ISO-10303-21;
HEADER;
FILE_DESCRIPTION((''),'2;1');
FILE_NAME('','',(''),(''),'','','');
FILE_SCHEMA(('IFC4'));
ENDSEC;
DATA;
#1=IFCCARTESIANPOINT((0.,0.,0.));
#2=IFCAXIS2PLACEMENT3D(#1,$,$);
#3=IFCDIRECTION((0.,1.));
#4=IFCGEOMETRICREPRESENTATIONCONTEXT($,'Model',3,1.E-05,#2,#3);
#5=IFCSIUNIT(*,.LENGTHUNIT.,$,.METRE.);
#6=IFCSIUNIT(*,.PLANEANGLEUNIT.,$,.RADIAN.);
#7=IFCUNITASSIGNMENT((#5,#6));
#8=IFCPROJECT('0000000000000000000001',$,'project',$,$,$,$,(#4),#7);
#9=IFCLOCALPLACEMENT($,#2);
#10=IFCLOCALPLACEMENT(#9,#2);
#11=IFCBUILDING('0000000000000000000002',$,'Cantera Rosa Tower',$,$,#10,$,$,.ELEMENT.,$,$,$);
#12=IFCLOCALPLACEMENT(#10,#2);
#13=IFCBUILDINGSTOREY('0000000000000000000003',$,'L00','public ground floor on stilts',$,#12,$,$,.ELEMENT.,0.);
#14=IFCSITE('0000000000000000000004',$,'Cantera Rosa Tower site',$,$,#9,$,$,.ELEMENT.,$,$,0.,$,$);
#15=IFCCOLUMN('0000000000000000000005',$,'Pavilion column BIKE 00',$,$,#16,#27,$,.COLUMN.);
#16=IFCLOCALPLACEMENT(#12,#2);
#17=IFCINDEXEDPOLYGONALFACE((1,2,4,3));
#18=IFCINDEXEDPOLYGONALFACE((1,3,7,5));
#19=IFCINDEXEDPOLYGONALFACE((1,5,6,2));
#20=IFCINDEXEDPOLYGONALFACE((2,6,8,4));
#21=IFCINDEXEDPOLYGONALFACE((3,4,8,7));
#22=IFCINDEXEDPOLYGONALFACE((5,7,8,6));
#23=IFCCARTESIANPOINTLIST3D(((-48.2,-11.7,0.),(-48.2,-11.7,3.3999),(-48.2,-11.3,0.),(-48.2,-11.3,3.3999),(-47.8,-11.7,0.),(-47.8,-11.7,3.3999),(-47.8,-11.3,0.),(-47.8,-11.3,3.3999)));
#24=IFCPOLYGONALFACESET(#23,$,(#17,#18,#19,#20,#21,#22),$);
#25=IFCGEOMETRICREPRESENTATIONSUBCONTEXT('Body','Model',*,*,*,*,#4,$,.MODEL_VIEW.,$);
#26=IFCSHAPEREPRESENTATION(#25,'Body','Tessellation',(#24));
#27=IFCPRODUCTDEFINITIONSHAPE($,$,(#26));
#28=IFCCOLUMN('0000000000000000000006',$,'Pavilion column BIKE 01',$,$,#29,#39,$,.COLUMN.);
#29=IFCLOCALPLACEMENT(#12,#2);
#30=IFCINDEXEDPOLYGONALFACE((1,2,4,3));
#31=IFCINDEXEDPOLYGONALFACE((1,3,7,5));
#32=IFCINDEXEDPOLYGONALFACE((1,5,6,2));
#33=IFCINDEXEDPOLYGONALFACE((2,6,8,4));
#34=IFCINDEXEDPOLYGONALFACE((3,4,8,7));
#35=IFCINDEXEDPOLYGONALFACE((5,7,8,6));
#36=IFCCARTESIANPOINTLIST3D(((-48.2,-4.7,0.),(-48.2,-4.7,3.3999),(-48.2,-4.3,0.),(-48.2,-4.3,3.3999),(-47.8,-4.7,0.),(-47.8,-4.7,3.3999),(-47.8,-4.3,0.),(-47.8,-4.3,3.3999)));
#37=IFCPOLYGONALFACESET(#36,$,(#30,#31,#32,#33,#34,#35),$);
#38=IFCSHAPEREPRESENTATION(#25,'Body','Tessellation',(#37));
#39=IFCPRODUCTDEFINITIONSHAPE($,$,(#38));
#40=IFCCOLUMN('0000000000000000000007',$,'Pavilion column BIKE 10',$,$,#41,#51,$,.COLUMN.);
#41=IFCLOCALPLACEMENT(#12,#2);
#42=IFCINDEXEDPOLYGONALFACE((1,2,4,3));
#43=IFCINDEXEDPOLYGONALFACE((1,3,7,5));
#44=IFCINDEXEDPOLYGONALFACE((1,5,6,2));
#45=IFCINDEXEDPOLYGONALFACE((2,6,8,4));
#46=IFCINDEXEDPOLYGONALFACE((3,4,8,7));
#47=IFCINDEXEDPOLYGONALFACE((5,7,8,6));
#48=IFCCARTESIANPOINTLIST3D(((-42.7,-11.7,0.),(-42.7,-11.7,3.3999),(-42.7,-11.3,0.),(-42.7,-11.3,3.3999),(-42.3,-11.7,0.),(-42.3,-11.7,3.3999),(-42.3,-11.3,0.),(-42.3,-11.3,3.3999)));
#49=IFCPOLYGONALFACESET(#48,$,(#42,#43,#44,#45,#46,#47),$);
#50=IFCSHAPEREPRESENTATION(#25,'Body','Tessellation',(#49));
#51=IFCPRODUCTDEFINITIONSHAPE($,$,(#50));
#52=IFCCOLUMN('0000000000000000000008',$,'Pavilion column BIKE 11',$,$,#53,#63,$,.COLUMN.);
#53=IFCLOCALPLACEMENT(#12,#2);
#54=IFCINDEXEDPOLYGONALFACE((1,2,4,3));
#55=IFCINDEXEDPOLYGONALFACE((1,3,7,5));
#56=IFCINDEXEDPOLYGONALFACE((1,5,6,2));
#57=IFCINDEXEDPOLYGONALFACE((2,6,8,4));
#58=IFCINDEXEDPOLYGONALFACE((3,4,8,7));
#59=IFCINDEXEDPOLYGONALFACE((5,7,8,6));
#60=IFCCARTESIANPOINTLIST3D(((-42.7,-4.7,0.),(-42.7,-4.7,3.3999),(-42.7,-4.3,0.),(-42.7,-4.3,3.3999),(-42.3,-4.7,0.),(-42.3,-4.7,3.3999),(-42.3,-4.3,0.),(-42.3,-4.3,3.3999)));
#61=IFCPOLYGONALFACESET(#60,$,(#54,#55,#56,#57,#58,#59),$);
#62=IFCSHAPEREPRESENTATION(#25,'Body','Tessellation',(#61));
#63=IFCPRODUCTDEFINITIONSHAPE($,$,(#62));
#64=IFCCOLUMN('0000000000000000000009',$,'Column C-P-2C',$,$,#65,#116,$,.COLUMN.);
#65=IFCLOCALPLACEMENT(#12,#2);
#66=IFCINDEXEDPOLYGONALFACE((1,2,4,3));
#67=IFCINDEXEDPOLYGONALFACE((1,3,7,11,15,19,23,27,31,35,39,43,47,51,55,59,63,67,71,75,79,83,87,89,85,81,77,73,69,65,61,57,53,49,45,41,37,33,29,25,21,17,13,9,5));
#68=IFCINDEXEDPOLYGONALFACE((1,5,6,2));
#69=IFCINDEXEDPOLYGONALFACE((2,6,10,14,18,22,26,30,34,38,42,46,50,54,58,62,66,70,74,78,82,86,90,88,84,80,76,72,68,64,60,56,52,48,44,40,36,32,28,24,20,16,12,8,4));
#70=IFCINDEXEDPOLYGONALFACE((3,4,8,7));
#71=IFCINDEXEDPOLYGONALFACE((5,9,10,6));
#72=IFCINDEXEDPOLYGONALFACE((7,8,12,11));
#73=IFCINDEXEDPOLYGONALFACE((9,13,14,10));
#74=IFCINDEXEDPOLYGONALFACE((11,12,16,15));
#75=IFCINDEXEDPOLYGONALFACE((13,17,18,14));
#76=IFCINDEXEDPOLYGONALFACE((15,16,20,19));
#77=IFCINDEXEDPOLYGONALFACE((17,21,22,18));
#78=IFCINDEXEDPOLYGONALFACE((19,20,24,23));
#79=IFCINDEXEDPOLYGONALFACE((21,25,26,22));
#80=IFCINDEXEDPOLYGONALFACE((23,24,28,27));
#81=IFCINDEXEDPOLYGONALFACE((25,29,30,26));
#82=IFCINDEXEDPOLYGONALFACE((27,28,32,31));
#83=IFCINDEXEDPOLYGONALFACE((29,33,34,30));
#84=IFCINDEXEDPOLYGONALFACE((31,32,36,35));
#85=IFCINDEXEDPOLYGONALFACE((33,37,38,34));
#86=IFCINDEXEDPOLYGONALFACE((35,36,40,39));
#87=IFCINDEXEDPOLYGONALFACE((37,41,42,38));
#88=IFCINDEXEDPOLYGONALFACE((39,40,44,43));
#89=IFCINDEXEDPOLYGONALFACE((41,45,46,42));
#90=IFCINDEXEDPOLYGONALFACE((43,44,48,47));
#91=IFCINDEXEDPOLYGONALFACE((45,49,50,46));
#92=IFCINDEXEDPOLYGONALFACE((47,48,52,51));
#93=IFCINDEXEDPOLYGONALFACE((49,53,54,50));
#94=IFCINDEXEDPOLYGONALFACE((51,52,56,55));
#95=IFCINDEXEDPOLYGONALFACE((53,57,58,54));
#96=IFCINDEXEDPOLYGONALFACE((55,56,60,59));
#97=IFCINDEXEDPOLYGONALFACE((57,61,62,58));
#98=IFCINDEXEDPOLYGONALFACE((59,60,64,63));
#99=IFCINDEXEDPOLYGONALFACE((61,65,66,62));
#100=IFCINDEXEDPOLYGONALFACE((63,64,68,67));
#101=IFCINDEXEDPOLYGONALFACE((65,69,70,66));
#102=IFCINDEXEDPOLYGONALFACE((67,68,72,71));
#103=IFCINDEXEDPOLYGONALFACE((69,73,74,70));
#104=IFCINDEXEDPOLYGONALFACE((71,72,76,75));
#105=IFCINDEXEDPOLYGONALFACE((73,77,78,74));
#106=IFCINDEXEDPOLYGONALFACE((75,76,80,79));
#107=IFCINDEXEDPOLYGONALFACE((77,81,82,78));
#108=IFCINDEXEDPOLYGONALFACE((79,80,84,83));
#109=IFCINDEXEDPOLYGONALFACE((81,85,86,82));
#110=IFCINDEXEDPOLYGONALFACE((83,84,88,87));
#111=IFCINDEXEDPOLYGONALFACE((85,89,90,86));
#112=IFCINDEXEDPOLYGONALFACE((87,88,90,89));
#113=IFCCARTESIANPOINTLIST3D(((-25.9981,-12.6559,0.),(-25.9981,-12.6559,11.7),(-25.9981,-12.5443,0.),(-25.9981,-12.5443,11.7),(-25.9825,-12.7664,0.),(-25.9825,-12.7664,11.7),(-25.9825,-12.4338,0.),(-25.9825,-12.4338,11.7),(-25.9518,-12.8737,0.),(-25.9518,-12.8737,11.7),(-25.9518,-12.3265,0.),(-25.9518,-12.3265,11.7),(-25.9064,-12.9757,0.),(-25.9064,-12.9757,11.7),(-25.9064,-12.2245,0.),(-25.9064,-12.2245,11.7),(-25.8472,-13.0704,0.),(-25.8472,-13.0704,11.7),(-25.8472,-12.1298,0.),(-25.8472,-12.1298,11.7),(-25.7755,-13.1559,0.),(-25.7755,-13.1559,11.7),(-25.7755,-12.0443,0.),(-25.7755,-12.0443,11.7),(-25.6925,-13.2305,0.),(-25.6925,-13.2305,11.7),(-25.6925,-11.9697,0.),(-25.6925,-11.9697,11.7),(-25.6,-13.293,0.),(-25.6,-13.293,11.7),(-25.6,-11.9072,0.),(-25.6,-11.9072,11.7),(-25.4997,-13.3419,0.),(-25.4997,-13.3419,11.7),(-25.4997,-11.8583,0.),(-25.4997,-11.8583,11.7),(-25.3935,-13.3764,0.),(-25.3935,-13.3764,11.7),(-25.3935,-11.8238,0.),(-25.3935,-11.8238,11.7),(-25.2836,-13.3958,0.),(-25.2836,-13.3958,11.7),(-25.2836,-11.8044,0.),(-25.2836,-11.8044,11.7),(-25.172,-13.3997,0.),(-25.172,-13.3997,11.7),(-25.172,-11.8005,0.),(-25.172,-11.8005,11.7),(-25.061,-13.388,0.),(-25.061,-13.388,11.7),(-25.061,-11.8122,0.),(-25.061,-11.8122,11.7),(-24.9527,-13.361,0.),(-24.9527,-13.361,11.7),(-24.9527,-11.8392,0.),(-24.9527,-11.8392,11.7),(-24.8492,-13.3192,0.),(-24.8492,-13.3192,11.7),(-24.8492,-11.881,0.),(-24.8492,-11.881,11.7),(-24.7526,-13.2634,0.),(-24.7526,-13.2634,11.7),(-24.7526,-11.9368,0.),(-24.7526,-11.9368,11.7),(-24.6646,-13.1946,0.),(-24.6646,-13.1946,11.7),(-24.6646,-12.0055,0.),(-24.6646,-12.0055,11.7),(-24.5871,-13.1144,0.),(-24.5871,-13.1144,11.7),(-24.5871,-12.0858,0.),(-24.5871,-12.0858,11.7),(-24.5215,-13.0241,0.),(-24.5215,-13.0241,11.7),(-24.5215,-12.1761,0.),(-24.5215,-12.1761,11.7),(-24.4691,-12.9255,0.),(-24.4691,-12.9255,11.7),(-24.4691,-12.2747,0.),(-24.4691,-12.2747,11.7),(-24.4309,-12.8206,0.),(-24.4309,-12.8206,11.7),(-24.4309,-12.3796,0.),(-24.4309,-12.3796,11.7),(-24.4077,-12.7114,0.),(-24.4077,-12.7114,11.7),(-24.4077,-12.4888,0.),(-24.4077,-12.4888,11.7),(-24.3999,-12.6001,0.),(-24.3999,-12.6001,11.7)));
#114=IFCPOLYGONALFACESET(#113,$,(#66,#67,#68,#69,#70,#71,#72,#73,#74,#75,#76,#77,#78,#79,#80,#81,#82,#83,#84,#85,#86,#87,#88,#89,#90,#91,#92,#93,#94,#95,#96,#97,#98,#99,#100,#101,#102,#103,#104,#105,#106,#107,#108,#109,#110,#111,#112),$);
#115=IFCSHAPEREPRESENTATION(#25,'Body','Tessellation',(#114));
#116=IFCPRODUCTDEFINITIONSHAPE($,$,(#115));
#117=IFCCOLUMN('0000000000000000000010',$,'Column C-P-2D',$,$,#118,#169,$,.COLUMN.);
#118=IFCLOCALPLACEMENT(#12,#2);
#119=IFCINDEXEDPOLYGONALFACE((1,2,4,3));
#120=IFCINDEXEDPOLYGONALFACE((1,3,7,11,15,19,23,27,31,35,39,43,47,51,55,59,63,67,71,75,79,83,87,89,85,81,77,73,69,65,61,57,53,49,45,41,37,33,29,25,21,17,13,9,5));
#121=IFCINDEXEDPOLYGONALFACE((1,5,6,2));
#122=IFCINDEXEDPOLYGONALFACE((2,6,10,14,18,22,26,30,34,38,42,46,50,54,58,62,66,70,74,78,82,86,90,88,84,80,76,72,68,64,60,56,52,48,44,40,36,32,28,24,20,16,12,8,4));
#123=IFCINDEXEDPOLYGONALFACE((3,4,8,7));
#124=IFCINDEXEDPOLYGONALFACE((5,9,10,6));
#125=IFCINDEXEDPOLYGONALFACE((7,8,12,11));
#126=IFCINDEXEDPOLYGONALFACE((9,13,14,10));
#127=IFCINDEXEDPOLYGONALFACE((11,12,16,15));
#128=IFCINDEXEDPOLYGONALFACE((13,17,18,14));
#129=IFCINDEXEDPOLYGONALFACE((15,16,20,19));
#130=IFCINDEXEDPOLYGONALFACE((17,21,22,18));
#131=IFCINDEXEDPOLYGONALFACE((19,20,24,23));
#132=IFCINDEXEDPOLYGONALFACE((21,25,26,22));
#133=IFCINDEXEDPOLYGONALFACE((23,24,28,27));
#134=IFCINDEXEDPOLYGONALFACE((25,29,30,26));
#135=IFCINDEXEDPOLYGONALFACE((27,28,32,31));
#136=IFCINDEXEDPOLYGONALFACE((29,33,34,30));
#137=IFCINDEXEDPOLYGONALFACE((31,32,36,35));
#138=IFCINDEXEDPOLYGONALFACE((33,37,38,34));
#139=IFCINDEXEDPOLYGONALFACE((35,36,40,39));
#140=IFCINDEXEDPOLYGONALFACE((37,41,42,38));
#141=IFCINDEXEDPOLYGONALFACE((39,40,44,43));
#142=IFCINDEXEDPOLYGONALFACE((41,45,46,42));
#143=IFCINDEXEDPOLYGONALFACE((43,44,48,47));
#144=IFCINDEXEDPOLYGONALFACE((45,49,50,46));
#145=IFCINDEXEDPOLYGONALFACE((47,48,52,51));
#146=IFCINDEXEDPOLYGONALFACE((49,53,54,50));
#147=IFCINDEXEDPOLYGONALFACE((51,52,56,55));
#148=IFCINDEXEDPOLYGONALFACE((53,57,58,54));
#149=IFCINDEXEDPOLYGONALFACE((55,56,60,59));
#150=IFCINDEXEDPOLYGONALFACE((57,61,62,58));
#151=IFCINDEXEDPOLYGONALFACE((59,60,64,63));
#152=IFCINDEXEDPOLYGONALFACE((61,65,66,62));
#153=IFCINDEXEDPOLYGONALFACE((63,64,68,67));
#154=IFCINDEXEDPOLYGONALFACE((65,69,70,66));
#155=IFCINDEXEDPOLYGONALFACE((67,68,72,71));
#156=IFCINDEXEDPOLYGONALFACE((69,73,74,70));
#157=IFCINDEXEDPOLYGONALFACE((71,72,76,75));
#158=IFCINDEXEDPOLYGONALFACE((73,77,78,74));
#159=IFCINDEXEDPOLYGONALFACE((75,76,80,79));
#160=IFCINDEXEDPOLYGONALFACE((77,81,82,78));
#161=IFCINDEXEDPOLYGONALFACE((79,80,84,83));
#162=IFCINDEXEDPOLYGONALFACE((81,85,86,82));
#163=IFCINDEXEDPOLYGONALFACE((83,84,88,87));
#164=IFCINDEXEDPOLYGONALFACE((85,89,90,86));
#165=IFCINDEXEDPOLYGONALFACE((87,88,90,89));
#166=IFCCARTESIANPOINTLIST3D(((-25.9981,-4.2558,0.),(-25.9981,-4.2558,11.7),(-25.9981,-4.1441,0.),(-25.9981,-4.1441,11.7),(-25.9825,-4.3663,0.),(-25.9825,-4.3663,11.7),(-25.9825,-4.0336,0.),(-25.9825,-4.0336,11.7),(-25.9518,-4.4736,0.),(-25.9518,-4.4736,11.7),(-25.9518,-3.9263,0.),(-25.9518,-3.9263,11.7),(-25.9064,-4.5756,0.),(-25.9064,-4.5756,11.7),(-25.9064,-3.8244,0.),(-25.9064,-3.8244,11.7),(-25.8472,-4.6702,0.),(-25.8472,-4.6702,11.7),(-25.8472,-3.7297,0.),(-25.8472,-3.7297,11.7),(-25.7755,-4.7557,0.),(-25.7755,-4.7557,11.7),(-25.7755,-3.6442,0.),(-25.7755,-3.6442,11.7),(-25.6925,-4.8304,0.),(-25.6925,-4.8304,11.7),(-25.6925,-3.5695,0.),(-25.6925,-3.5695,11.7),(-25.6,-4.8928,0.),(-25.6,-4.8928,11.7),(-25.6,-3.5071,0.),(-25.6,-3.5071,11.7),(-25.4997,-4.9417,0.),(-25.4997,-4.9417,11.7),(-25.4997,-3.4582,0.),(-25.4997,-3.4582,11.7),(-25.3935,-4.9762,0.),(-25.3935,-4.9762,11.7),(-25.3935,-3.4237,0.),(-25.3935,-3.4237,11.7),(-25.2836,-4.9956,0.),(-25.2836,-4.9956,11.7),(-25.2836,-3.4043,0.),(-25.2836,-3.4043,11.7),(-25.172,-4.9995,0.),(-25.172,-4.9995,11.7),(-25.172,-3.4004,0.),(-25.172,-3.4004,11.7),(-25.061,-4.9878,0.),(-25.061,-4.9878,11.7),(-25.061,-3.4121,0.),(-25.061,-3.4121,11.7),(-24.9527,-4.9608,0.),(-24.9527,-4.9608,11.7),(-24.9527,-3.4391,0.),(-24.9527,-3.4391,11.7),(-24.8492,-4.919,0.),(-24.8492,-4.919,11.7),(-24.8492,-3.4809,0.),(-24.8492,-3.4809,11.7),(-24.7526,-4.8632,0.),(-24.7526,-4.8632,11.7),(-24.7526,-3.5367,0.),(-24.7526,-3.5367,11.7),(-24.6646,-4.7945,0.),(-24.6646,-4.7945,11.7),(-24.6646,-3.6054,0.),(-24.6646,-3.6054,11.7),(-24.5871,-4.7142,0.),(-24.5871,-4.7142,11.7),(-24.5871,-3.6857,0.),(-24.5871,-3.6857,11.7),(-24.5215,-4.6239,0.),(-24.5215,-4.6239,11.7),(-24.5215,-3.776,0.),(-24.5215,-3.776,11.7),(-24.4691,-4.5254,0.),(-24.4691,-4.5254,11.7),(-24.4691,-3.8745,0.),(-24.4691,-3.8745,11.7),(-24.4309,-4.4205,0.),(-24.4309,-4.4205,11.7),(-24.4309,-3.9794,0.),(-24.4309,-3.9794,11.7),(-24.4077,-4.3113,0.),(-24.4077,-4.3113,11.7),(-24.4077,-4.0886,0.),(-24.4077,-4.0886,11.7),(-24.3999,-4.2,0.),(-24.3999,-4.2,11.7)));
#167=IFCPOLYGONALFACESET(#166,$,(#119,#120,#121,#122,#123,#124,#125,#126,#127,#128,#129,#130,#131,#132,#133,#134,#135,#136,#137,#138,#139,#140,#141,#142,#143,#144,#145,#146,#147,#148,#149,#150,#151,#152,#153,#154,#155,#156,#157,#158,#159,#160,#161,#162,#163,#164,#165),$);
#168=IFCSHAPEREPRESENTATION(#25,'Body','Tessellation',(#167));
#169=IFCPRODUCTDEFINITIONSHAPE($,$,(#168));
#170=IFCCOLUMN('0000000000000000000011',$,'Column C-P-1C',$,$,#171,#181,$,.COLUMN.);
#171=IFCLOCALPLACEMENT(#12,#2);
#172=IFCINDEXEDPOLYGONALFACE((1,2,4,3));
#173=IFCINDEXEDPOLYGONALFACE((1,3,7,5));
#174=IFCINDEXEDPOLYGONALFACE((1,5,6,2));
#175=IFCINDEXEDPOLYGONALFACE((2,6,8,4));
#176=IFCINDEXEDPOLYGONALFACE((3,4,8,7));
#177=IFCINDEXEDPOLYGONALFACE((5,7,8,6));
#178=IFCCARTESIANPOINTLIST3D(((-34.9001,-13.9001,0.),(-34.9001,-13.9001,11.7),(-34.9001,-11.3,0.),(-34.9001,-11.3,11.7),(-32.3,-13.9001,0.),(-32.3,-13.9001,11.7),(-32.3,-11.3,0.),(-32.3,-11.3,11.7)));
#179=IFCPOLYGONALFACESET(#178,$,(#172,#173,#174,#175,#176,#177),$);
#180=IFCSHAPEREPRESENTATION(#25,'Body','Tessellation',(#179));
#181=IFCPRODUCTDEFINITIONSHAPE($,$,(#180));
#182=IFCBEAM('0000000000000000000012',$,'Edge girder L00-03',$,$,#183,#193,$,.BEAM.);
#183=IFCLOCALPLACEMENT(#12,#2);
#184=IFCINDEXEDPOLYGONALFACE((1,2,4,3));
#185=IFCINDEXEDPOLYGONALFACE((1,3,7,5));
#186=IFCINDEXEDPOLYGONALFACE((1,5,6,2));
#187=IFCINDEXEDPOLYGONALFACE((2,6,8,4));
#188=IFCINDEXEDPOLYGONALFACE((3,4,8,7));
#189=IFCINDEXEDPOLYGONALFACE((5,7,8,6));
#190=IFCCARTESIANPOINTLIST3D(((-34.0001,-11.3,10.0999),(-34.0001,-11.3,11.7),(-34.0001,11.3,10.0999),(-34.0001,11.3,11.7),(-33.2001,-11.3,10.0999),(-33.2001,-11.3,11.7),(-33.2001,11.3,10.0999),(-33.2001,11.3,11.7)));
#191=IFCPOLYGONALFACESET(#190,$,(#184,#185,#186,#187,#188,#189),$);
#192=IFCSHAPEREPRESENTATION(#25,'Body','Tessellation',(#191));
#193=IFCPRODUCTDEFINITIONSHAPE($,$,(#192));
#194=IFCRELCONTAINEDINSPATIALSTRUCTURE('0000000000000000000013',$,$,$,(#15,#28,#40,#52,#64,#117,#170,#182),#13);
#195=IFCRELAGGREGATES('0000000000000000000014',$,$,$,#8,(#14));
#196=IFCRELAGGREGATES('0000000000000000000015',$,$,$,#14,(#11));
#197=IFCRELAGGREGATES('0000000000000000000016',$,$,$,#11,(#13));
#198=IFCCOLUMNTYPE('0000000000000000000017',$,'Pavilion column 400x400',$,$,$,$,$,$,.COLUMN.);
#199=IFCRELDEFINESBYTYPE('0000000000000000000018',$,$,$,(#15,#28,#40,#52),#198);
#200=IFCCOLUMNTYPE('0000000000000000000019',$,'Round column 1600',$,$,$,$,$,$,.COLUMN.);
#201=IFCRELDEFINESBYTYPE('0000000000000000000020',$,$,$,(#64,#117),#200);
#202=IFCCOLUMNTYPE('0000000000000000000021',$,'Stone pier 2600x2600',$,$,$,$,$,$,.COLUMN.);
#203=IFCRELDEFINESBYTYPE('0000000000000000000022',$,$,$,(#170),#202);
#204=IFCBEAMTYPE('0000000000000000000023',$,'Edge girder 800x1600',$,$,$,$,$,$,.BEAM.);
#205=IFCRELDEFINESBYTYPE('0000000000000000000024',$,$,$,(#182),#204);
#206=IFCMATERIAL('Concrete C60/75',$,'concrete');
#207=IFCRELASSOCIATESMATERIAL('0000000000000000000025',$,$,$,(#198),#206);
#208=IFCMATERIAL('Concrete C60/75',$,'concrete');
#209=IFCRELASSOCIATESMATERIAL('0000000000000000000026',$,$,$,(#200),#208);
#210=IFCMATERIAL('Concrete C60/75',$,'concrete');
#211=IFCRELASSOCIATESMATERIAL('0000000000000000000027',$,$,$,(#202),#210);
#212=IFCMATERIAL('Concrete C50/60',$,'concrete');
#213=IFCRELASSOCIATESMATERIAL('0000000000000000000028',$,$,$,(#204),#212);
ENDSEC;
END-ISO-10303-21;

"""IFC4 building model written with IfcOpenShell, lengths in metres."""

from ifc_helpers import new_model, si_unit, direction, frame, origin, origin_2d, place, context, subcontext, project, spatial, rectangle, circle, extrude, material, material_profile, profile_set, type_object, element, save


model = new_model("IFC4")

# Units and contexts
model_context = context("Model", 3, precision=1e-05, world=origin(), true_north=direction((0.0, 1.0)))
body_context = subcontext(model_context, "Body", "Model", "MODEL_VIEW")
ifc_project = project(units=[si_unit("LENGTHUNIT", "METRE"), si_unit("PLANEANGLEUNIT", "RADIAN")], contexts=[model_context])

# Site, building, storey
site_placement = place(None, origin())
site = spatial("IfcSite", under=ifc_project, at=site_placement, Name="Cantera Rosa Tower site", CompositionType="ELEMENT", RefElevation=0.0)
building_placement = place(site_placement, origin())
building = spatial("IfcBuilding", under=site, at=building_placement, Name="Cantera Rosa Tower", CompositionType="ELEMENT")
storey_placement = place(building_placement, origin())
storey = spatial("IfcBuildingStorey", under=building, at=storey_placement, Name="L00", Description="public ground floor on stilts", CompositionType="ELEMENT", Elevation=0.0)

# Columns
ifc_material_1 = material(Name="Concrete C60/75", Category="concrete")
ifc_material_profile_1 = material_profile(ifc_material_1, rectangle(XDim=0.3999, YDim=0.3999, at=origin_2d()), Name="Pavilion column 400x400")
ifc_profile_set_1 = profile_set([ifc_material_profile_1], Name="Concrete C60/75")
column_type_1 = type_object("IfcColumnType", Name="Pavilion column 400x400", PredefinedType="COLUMN", material=ifc_profile_set_1)
for number, where, z_axis, x_axis, name in (
    (1, (-48.0, -11.5, 0.0), (0.0, 0.0, 1.0), (1.0, 0.0, 0.0), "Pavilion column BIKE 00"),
    (2, (-48.0, -4.5, 0.0), (0.0, 0.0, 1.0), (1.0, 0.0, 0.0), "Pavilion column BIKE 01"),
    (3, (-42.5, -11.5, 0.0), (0.0, 0.0, 1.0), (1.0, 0.0, 0.0), "Pavilion column BIKE 10"),
    (4, (-42.5, -4.5, 0.0), (0.0, 0.0, 1.0), (1.0, 0.0, 0.0), "Pavilion column BIKE 11"),
):
    element("IfcColumn", number, at=place(storey_placement, frame(where, z_axis=z_axis, x_axis=x_axis)), inside=storey, type_object=column_type_1, Name=name, PredefinedType="COLUMN", context=body_context, shape_type="SweptSolid", body=[
        extrude(rectangle(XDim=0.3999, YDim=0.3999, at=origin_2d()), origin(), (0.0, 0.0, 1.0), 3.3999),
    ])
ifc_material_2 = material(Name="Concrete C60/75", Category="concrete")
ifc_material_profile_2 = material_profile(ifc_material_2, circle(Radius=0.8, at=origin_2d()), Name="Round column 1600")
ifc_profile_set_2 = profile_set([ifc_material_profile_2], Name="Concrete C60/75")
column_type_2 = type_object("IfcColumnType", Name="Round column 1600", PredefinedType="COLUMN", material=ifc_profile_set_2)
for number, where, z_axis, x_axis, name in (
    (5, (-25.2, -12.6001, 0.0), (0.0, 0.0, 1.0), (1.0, 0.0, 0.0), "Column C-P-2C"),
    (6, (-25.2, -4.2, 0.0), (0.0, 0.0, 1.0), (1.0, 0.0, 0.0), "Column C-P-2D"),
):
    element("IfcColumn", number, at=place(storey_placement, frame(where, z_axis=z_axis, x_axis=x_axis)), inside=storey, type_object=column_type_2, Name=name, PredefinedType="COLUMN", context=body_context, shape_type="SweptSolid", body=[
        extrude(circle(Radius=0.8, at=origin_2d()), origin(), (0.0, 0.0, 1.0), 11.7),
    ])
ifc_material_3 = material(Name="Concrete C60/75", Category="concrete")
ifc_material_profile_3 = material_profile(ifc_material_3, rectangle(XDim=2.6001, YDim=2.6001, at=origin_2d()), Name="Stone pier 2600x2600")
ifc_profile_set_3 = profile_set([ifc_material_profile_3], Name="Concrete C60/75")
column_type_3 = type_object("IfcColumnType", Name="Stone pier 2600x2600", PredefinedType="COLUMN", material=ifc_profile_set_3)
column_placement = place(storey_placement, frame((-33.6001, -12.6001, 0.0), z_axis=(0.0, 0.0, 1.0), x_axis=(1.0, 0.0, 0.0)))
element("IfcColumn", 7, at=column_placement, inside=storey, type_object=column_type_3, Name="Column C-P-1C", PredefinedType="COLUMN", context=body_context, shape_type="SweptSolid", body=[
    extrude(rectangle(XDim=2.6001, YDim=2.6001, at=origin_2d()), origin(), (0.0, 0.0, 1.0), 11.7),
])

# Beam
ifc_material_4 = material(Name="Concrete C50/60", Category="concrete")
ifc_material_profile_4 = material_profile(ifc_material_4, rectangle(XDim=0.8, YDim=1.6001, at=origin_2d()), Name="Edge girder 800x1600")
ifc_profile_set_4 = profile_set([ifc_material_profile_4], Name="Concrete C50/60")
beam_type = type_object("IfcBeamType", Name="Edge girder 800x1600", PredefinedType="BEAM", material=ifc_profile_set_4)
beam_placement = place(storey_placement, frame((-33.6001, -11.3, 10.8999), z_axis=(0.0, 1.0, 0.0), x_axis=(-1.0, 0.0, 0.0)))
element("IfcBeam", 8, at=beam_placement, inside=storey, type_object=beam_type, Name="Edge girder L00-03", PredefinedType="BEAM", context=body_context, shape_type="SweptSolid", body=[
    extrude(rectangle(XDim=0.8, YDim=1.6001, at=origin_2d()), origin(), (0.0, 0.0, 1.0), 22.6001),
])

save(model, "model.ifc")
